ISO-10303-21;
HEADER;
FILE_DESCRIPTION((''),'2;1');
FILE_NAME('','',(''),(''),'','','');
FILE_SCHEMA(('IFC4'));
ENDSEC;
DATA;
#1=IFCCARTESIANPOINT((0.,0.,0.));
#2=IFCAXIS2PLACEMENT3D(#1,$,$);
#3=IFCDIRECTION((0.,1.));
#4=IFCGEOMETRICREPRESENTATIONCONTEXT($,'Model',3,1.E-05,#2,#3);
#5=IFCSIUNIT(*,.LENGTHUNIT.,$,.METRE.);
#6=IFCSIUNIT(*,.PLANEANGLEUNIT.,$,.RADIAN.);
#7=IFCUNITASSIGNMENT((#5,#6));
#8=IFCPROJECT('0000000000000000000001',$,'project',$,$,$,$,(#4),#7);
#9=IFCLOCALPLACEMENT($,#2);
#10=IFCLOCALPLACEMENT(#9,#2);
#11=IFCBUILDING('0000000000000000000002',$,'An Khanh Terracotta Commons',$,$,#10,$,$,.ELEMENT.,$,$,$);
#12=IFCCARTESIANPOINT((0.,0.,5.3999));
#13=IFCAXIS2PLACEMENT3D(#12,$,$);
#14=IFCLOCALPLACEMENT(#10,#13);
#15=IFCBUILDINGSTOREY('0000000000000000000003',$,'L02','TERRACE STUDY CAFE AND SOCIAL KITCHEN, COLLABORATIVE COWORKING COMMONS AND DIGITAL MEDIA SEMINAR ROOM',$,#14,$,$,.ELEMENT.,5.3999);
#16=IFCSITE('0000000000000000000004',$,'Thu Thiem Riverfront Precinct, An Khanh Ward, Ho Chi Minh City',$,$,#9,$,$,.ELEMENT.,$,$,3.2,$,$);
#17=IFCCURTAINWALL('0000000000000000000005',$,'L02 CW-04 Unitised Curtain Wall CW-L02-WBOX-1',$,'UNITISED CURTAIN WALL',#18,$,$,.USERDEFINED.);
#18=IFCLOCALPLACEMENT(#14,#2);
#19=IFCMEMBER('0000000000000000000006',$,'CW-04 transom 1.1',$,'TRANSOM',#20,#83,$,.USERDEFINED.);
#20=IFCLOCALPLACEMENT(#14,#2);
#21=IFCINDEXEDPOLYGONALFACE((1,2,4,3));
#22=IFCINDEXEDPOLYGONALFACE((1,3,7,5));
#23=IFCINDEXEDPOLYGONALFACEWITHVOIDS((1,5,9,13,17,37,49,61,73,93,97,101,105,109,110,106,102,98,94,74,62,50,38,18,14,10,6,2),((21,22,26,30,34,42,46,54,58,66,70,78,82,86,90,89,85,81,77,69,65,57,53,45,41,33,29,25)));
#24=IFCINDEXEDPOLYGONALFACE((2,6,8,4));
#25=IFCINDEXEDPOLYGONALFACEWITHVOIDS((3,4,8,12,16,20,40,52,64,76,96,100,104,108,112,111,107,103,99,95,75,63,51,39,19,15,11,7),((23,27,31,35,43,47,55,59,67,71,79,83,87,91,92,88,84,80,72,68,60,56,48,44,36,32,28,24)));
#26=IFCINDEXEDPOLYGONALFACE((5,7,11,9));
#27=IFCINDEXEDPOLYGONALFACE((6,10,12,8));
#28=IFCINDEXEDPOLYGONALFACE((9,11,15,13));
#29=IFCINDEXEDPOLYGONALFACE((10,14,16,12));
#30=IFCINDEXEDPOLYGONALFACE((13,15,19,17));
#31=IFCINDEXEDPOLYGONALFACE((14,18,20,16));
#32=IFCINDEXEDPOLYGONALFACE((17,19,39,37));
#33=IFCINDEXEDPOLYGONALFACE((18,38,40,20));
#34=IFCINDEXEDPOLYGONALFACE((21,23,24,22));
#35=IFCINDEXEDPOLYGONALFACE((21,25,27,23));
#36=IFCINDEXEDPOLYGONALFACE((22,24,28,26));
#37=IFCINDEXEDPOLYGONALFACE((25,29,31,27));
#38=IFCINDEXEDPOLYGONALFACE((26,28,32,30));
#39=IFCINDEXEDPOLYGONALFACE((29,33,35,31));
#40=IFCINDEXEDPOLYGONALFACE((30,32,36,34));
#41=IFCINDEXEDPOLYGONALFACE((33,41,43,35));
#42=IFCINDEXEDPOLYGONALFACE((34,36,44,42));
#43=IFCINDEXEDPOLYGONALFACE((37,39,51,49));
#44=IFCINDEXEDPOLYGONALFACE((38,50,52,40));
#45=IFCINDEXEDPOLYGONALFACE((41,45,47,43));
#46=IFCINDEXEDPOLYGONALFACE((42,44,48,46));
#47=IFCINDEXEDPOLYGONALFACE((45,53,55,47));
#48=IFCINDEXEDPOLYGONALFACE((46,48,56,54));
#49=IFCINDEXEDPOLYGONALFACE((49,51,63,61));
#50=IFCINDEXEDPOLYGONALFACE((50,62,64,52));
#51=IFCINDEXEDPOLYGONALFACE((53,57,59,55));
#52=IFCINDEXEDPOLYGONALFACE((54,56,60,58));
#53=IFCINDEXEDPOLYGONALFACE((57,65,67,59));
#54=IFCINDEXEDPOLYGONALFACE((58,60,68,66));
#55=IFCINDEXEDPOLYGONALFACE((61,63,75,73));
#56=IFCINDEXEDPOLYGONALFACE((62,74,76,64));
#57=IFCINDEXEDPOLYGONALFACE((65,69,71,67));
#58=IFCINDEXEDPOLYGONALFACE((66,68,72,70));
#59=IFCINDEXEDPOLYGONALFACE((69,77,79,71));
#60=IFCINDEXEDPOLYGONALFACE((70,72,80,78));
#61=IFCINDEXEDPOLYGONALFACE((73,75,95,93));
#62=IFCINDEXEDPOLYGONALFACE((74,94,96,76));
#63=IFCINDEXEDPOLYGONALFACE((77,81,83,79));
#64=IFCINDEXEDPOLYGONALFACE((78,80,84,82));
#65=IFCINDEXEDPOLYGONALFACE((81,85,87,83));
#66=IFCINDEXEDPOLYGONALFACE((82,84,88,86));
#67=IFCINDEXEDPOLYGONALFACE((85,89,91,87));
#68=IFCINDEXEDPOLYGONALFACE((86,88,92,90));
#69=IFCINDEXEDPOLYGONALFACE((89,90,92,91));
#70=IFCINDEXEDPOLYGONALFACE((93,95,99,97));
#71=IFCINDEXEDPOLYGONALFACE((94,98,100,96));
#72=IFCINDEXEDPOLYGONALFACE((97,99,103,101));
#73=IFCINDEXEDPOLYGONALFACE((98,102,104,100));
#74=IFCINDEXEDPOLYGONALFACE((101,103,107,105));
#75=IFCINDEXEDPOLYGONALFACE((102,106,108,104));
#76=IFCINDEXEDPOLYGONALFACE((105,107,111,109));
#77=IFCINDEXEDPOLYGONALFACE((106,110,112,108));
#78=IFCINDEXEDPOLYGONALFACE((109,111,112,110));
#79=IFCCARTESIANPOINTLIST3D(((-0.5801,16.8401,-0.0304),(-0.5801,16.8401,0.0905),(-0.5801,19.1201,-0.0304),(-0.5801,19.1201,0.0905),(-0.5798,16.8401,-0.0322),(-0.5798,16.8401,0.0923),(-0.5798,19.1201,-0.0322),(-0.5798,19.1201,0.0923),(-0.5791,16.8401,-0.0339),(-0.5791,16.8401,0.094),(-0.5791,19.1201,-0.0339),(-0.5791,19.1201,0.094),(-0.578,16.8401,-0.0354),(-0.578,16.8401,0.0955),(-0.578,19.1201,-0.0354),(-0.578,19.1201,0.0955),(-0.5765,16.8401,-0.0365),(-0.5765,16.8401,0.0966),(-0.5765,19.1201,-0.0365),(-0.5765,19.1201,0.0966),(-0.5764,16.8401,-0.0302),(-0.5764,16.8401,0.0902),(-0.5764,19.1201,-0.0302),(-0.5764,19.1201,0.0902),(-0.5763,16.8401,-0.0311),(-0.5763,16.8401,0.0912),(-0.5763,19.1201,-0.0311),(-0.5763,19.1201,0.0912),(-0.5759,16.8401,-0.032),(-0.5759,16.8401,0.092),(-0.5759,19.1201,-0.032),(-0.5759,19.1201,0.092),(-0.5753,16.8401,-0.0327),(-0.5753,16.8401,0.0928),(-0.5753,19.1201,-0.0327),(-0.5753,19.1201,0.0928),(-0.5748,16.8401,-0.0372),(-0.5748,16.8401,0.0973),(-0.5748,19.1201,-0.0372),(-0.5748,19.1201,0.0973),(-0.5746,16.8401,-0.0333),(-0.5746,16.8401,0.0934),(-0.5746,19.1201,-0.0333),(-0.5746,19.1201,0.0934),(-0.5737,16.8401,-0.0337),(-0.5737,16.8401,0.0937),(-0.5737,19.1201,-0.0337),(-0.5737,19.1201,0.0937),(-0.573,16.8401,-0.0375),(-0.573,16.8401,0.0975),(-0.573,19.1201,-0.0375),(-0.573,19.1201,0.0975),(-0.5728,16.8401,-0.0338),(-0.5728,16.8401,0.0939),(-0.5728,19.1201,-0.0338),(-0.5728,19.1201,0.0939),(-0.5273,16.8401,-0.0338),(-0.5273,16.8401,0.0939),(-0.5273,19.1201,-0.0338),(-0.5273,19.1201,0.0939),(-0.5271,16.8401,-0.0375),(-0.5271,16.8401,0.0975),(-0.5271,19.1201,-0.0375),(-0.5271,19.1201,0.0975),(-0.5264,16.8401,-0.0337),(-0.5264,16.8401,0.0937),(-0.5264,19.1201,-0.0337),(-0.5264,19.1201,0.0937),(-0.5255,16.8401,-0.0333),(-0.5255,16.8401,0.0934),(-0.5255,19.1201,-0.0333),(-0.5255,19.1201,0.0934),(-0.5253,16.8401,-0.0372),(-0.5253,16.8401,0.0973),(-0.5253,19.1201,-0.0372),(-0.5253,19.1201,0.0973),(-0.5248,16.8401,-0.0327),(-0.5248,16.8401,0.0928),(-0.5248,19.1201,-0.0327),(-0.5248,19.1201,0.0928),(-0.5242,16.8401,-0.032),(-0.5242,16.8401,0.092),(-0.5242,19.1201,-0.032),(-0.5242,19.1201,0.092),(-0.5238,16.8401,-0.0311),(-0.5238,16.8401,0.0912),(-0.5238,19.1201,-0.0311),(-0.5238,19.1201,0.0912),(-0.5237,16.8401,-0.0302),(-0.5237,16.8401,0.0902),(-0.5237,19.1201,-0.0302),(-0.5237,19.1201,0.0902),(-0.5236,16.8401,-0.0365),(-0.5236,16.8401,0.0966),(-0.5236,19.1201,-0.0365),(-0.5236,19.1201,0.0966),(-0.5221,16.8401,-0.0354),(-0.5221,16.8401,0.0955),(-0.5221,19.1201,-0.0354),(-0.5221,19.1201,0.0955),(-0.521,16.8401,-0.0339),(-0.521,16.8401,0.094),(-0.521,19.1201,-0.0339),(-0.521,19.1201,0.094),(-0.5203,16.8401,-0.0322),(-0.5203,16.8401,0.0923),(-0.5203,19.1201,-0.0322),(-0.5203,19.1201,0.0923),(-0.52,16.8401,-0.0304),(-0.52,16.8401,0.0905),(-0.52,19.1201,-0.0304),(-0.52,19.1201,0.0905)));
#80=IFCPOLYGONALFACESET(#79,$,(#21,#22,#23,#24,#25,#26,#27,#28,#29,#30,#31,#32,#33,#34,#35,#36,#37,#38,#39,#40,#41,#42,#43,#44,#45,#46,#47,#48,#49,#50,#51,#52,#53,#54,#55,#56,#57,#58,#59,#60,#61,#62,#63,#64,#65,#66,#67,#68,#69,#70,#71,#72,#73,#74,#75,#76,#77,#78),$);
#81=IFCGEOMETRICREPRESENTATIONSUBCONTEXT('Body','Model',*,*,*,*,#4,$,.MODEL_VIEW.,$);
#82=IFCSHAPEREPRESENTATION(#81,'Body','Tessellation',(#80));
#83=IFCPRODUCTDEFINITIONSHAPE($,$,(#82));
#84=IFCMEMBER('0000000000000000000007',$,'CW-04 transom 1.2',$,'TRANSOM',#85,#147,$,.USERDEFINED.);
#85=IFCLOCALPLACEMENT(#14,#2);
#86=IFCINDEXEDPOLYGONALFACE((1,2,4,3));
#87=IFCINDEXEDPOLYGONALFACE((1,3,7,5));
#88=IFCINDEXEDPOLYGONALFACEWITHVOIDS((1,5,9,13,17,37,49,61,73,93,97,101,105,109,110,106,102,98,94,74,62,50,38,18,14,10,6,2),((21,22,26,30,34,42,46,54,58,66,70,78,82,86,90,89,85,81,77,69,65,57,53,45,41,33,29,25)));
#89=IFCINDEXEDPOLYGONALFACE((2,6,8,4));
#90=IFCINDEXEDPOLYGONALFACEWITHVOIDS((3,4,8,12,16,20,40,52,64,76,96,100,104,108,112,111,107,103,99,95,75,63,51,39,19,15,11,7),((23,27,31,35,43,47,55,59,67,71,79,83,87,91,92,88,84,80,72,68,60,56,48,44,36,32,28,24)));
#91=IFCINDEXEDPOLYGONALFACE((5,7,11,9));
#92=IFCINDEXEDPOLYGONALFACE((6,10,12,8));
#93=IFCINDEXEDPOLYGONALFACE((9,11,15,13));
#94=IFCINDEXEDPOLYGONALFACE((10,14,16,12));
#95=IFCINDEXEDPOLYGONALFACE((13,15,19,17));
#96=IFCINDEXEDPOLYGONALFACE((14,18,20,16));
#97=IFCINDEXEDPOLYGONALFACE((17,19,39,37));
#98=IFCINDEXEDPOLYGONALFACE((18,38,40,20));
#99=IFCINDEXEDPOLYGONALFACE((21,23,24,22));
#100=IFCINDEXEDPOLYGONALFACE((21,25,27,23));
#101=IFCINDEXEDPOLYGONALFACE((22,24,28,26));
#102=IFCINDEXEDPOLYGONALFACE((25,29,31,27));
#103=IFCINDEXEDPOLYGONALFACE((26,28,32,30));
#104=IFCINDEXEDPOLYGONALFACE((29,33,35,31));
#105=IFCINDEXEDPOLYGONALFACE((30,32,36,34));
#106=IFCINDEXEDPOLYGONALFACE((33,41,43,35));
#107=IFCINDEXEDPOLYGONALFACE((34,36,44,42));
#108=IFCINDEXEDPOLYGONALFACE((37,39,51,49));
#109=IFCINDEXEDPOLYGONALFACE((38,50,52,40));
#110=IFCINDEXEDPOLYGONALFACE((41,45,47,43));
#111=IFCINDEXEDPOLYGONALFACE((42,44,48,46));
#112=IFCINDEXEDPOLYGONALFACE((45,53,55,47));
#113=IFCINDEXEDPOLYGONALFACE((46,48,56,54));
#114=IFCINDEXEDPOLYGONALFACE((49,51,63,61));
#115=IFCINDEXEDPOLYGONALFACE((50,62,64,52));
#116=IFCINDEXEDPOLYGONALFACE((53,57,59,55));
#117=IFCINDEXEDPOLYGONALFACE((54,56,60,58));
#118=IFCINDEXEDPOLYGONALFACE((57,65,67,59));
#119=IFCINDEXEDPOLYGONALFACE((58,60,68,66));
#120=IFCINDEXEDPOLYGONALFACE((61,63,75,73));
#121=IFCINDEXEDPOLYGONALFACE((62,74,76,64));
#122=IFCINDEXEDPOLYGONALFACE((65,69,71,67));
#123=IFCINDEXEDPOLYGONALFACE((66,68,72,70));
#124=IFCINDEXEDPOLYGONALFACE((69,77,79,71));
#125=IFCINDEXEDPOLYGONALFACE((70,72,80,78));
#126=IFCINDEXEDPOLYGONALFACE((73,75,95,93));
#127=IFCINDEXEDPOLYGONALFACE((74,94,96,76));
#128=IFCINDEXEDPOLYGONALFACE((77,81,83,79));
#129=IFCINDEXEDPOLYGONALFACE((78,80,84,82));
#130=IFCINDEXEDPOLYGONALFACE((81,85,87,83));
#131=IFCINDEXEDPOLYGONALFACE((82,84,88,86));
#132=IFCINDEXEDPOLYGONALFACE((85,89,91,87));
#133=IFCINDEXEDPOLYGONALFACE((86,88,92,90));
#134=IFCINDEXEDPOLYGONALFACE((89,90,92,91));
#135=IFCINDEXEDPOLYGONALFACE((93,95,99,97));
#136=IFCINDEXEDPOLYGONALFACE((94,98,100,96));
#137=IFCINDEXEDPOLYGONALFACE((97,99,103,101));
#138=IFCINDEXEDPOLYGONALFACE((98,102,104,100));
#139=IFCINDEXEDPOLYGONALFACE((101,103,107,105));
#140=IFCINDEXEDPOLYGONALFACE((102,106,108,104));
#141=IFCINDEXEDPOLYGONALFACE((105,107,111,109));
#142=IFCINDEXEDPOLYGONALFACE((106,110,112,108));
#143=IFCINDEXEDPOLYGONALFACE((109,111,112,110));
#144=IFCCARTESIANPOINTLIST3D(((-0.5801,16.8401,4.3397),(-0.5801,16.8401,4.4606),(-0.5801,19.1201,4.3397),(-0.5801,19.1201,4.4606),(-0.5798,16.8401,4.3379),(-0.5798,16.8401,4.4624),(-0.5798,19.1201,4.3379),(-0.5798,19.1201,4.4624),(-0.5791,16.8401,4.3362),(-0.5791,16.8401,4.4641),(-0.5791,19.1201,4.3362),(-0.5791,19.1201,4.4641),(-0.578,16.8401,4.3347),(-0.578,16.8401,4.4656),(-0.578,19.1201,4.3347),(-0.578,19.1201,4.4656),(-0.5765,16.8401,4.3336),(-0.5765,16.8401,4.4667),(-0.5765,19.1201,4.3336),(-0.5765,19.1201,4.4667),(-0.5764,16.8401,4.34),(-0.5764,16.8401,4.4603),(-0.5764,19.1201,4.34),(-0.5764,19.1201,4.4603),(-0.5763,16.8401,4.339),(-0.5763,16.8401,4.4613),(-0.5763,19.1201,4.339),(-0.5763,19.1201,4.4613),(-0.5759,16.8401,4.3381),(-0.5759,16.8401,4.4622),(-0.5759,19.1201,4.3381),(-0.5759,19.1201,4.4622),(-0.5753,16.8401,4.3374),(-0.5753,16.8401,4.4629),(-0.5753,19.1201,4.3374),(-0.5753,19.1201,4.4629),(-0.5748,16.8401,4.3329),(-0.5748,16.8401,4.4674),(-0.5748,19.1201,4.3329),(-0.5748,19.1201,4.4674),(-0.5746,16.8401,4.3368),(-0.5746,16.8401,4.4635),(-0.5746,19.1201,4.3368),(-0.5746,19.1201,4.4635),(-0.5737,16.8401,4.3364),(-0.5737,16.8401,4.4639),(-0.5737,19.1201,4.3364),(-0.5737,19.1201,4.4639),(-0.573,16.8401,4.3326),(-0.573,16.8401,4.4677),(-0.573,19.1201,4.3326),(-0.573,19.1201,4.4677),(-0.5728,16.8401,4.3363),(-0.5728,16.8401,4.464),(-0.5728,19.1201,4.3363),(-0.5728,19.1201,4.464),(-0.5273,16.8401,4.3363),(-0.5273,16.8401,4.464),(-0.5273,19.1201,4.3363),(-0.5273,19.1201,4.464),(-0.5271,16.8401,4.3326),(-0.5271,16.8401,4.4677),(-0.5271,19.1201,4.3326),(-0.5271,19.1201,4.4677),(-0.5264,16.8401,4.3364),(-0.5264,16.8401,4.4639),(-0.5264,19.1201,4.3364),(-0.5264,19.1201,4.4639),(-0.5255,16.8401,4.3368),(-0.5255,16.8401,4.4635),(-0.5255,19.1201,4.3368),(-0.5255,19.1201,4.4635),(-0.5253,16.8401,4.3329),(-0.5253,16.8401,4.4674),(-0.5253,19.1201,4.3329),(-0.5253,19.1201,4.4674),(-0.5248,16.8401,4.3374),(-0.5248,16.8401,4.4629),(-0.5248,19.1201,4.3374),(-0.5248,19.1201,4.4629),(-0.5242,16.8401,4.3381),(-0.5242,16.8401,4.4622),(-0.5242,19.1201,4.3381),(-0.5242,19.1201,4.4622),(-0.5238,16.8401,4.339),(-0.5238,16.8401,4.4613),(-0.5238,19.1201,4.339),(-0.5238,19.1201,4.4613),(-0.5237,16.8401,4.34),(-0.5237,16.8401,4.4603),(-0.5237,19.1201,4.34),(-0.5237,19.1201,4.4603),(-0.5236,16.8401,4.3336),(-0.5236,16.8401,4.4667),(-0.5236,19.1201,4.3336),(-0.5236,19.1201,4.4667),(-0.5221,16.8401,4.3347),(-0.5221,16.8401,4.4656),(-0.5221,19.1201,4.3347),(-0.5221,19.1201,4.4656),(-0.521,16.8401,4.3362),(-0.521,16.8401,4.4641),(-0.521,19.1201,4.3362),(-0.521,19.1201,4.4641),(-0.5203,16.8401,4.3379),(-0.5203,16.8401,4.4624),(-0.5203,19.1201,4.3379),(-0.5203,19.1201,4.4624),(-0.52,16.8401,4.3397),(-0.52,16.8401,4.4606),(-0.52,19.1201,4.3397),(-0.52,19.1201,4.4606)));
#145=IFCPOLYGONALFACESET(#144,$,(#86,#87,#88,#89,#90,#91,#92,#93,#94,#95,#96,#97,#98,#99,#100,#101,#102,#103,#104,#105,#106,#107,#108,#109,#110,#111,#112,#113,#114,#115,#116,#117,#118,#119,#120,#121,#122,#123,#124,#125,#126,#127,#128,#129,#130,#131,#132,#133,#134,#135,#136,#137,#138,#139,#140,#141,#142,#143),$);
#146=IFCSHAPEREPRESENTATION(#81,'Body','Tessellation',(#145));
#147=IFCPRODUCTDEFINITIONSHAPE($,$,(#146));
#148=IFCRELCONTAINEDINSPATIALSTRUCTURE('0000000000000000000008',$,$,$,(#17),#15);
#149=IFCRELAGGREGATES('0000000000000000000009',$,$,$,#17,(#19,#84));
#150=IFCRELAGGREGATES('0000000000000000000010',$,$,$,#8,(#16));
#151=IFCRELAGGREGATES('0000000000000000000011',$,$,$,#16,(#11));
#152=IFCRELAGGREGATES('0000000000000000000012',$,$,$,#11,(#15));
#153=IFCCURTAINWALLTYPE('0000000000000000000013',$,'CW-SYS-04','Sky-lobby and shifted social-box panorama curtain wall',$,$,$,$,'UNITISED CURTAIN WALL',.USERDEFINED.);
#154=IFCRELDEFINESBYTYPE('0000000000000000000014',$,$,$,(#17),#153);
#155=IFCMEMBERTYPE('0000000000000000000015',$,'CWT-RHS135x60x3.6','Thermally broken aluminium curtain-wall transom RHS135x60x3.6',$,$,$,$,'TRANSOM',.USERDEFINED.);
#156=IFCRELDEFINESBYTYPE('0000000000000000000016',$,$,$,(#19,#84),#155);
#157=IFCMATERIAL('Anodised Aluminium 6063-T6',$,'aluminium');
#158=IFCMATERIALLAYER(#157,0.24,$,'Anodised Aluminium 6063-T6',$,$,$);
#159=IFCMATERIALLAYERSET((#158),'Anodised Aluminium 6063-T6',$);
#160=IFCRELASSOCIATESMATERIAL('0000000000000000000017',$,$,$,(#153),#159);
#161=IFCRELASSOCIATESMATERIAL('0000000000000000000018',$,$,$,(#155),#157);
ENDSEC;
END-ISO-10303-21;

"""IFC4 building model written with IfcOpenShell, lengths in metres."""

from ifc_helpers import new_model, si_unit, direction, frame, origin, origin_2d, place, context, subcontext, project, spatial, hollow_rectangle, extrude, material, layer, layer_set, material_profile, profile_set, type_object, element, aggregate, save


model = new_model("IFC4")

# Units and contexts
model_context = context("Model", 3, precision=1e-05, world=origin(), true_north=direction((0.0, 1.0)))
body_context = subcontext(model_context, "Body", "Model", "MODEL_VIEW")
ifc_project = project(units=[si_unit("LENGTHUNIT", "METRE"), si_unit("PLANEANGLEUNIT", "RADIAN")], contexts=[model_context])

# Site, building, storey
site_placement = place(None, origin())
site = spatial("IfcSite", under=ifc_project, at=site_placement, Name="Thu Thiem Riverfront Precinct, An Khanh Ward, Ho Chi Minh City", CompositionType="ELEMENT", RefElevation=3.2)
building_placement = place(site_placement, origin())
building = spatial("IfcBuilding", under=site, at=building_placement, Name="An Khanh Terracotta Commons", CompositionType="ELEMENT")
storey_placement = place(building_placement, frame((0.0, 0.0, 5.3999)))
storey = spatial("IfcBuildingStorey", under=building, at=storey_placement, Name="L02", Description="TERRACE STUDY CAFE AND SOCIAL KITCHEN, COLLABORATIVE COWORKING COMMONS AND DIGITAL MEDIA SEMINAR ROOM", CompositionType="ELEMENT", Elevation=5.3999)

# Curtain wall
ifc_material_1 = material(Name="Anodised Aluminium 6063-T6", Category="aluminium")
ifc_layer_1 = layer(ifc_material_1, 0.24, Name="Anodised Aluminium 6063-T6")
ifc_layer_set_1 = layer_set([ifc_layer_1], Name="Anodised Aluminium 6063-T6")
curtain_wall_type = type_object("IfcCurtainWallType", Name="CW-SYS-04", Description="Sky-lobby and shifted social-box panorama curtain wall", ElementType="UNITISED CURTAIN WALL", PredefinedType="USERDEFINED", material=ifc_layer_set_1)
curtain_wall_1_placement = place(storey_placement, origin())
curtain_wall_1 = element("IfcCurtainWall", 1, at=curtain_wall_1_placement, inside=storey, type_object=curtain_wall_type, Name="L02 CW-04 Unitised Curtain Wall CW-L02-WBOX-1", ObjectType="UNITISED CURTAIN WALL", PredefinedType="USERDEFINED")

# Members
ifc_material_profile_1 = material_profile(ifc_material_1, hollow_rectangle(XDim=0.0601, YDim=0.135, WallThickness=0.0037, InnerFilletRadius=0.0037, OuterFilletRadius=0.0071, at=origin_2d()), Name="RHS135x60x3.6")
ifc_profile_set_1 = profile_set([ifc_material_profile_1], Name="Anodised Aluminium 6063-T6")
member_type_1 = type_object("IfcMemberType", Name="CWT-RHS135x60x3.6", Description="Thermally broken aluminium curtain-wall transom RHS135x60x3.6", ElementType="TRANSOM", PredefinedType="USERDEFINED", material=ifc_profile_set_1)
member_1_placement = place(storey_placement, frame((-0.55, 19.1201, 0.03), z_axis=(0.0, -1.0, 0.0), x_axis=(1.0, 0.0, 0.0)))
member_1 = element("IfcMember", 2, at=member_1_placement, type_object=member_type_1, Name="CW-04 transom 1.1", ObjectType="TRANSOM", PredefinedType="USERDEFINED", context=body_context, shape_type="SweptSolid", body=[
    extrude(hollow_rectangle(XDim=0.0601, YDim=0.135, WallThickness=0.0037, InnerFilletRadius=0.0037, OuterFilletRadius=0.0071, at=origin_2d()), origin(), (0.0, 0.0, 1.0), 2.28),
])
member_2_placement = place(storey_placement, frame((-0.55, 19.1201, 4.4001), z_axis=(0.0, -1.0, 0.0), x_axis=(1.0, 0.0, 0.0)))
member_2 = element("IfcMember", 3, at=member_2_placement, type_object=member_type_1, Name="CW-04 transom 1.2", ObjectType="TRANSOM", PredefinedType="USERDEFINED", context=body_context, shape_type="SweptSolid", body=[
    extrude(hollow_rectangle(XDim=0.0601, YDim=0.135, WallThickness=0.0037, InnerFilletRadius=0.0037, OuterFilletRadius=0.0071, at=origin_2d()), origin(), (0.0, 0.0, 1.0), 2.28),
])

aggregate(curtain_wall_1, [member_1, member_2])

save(model, "model.ifc")
